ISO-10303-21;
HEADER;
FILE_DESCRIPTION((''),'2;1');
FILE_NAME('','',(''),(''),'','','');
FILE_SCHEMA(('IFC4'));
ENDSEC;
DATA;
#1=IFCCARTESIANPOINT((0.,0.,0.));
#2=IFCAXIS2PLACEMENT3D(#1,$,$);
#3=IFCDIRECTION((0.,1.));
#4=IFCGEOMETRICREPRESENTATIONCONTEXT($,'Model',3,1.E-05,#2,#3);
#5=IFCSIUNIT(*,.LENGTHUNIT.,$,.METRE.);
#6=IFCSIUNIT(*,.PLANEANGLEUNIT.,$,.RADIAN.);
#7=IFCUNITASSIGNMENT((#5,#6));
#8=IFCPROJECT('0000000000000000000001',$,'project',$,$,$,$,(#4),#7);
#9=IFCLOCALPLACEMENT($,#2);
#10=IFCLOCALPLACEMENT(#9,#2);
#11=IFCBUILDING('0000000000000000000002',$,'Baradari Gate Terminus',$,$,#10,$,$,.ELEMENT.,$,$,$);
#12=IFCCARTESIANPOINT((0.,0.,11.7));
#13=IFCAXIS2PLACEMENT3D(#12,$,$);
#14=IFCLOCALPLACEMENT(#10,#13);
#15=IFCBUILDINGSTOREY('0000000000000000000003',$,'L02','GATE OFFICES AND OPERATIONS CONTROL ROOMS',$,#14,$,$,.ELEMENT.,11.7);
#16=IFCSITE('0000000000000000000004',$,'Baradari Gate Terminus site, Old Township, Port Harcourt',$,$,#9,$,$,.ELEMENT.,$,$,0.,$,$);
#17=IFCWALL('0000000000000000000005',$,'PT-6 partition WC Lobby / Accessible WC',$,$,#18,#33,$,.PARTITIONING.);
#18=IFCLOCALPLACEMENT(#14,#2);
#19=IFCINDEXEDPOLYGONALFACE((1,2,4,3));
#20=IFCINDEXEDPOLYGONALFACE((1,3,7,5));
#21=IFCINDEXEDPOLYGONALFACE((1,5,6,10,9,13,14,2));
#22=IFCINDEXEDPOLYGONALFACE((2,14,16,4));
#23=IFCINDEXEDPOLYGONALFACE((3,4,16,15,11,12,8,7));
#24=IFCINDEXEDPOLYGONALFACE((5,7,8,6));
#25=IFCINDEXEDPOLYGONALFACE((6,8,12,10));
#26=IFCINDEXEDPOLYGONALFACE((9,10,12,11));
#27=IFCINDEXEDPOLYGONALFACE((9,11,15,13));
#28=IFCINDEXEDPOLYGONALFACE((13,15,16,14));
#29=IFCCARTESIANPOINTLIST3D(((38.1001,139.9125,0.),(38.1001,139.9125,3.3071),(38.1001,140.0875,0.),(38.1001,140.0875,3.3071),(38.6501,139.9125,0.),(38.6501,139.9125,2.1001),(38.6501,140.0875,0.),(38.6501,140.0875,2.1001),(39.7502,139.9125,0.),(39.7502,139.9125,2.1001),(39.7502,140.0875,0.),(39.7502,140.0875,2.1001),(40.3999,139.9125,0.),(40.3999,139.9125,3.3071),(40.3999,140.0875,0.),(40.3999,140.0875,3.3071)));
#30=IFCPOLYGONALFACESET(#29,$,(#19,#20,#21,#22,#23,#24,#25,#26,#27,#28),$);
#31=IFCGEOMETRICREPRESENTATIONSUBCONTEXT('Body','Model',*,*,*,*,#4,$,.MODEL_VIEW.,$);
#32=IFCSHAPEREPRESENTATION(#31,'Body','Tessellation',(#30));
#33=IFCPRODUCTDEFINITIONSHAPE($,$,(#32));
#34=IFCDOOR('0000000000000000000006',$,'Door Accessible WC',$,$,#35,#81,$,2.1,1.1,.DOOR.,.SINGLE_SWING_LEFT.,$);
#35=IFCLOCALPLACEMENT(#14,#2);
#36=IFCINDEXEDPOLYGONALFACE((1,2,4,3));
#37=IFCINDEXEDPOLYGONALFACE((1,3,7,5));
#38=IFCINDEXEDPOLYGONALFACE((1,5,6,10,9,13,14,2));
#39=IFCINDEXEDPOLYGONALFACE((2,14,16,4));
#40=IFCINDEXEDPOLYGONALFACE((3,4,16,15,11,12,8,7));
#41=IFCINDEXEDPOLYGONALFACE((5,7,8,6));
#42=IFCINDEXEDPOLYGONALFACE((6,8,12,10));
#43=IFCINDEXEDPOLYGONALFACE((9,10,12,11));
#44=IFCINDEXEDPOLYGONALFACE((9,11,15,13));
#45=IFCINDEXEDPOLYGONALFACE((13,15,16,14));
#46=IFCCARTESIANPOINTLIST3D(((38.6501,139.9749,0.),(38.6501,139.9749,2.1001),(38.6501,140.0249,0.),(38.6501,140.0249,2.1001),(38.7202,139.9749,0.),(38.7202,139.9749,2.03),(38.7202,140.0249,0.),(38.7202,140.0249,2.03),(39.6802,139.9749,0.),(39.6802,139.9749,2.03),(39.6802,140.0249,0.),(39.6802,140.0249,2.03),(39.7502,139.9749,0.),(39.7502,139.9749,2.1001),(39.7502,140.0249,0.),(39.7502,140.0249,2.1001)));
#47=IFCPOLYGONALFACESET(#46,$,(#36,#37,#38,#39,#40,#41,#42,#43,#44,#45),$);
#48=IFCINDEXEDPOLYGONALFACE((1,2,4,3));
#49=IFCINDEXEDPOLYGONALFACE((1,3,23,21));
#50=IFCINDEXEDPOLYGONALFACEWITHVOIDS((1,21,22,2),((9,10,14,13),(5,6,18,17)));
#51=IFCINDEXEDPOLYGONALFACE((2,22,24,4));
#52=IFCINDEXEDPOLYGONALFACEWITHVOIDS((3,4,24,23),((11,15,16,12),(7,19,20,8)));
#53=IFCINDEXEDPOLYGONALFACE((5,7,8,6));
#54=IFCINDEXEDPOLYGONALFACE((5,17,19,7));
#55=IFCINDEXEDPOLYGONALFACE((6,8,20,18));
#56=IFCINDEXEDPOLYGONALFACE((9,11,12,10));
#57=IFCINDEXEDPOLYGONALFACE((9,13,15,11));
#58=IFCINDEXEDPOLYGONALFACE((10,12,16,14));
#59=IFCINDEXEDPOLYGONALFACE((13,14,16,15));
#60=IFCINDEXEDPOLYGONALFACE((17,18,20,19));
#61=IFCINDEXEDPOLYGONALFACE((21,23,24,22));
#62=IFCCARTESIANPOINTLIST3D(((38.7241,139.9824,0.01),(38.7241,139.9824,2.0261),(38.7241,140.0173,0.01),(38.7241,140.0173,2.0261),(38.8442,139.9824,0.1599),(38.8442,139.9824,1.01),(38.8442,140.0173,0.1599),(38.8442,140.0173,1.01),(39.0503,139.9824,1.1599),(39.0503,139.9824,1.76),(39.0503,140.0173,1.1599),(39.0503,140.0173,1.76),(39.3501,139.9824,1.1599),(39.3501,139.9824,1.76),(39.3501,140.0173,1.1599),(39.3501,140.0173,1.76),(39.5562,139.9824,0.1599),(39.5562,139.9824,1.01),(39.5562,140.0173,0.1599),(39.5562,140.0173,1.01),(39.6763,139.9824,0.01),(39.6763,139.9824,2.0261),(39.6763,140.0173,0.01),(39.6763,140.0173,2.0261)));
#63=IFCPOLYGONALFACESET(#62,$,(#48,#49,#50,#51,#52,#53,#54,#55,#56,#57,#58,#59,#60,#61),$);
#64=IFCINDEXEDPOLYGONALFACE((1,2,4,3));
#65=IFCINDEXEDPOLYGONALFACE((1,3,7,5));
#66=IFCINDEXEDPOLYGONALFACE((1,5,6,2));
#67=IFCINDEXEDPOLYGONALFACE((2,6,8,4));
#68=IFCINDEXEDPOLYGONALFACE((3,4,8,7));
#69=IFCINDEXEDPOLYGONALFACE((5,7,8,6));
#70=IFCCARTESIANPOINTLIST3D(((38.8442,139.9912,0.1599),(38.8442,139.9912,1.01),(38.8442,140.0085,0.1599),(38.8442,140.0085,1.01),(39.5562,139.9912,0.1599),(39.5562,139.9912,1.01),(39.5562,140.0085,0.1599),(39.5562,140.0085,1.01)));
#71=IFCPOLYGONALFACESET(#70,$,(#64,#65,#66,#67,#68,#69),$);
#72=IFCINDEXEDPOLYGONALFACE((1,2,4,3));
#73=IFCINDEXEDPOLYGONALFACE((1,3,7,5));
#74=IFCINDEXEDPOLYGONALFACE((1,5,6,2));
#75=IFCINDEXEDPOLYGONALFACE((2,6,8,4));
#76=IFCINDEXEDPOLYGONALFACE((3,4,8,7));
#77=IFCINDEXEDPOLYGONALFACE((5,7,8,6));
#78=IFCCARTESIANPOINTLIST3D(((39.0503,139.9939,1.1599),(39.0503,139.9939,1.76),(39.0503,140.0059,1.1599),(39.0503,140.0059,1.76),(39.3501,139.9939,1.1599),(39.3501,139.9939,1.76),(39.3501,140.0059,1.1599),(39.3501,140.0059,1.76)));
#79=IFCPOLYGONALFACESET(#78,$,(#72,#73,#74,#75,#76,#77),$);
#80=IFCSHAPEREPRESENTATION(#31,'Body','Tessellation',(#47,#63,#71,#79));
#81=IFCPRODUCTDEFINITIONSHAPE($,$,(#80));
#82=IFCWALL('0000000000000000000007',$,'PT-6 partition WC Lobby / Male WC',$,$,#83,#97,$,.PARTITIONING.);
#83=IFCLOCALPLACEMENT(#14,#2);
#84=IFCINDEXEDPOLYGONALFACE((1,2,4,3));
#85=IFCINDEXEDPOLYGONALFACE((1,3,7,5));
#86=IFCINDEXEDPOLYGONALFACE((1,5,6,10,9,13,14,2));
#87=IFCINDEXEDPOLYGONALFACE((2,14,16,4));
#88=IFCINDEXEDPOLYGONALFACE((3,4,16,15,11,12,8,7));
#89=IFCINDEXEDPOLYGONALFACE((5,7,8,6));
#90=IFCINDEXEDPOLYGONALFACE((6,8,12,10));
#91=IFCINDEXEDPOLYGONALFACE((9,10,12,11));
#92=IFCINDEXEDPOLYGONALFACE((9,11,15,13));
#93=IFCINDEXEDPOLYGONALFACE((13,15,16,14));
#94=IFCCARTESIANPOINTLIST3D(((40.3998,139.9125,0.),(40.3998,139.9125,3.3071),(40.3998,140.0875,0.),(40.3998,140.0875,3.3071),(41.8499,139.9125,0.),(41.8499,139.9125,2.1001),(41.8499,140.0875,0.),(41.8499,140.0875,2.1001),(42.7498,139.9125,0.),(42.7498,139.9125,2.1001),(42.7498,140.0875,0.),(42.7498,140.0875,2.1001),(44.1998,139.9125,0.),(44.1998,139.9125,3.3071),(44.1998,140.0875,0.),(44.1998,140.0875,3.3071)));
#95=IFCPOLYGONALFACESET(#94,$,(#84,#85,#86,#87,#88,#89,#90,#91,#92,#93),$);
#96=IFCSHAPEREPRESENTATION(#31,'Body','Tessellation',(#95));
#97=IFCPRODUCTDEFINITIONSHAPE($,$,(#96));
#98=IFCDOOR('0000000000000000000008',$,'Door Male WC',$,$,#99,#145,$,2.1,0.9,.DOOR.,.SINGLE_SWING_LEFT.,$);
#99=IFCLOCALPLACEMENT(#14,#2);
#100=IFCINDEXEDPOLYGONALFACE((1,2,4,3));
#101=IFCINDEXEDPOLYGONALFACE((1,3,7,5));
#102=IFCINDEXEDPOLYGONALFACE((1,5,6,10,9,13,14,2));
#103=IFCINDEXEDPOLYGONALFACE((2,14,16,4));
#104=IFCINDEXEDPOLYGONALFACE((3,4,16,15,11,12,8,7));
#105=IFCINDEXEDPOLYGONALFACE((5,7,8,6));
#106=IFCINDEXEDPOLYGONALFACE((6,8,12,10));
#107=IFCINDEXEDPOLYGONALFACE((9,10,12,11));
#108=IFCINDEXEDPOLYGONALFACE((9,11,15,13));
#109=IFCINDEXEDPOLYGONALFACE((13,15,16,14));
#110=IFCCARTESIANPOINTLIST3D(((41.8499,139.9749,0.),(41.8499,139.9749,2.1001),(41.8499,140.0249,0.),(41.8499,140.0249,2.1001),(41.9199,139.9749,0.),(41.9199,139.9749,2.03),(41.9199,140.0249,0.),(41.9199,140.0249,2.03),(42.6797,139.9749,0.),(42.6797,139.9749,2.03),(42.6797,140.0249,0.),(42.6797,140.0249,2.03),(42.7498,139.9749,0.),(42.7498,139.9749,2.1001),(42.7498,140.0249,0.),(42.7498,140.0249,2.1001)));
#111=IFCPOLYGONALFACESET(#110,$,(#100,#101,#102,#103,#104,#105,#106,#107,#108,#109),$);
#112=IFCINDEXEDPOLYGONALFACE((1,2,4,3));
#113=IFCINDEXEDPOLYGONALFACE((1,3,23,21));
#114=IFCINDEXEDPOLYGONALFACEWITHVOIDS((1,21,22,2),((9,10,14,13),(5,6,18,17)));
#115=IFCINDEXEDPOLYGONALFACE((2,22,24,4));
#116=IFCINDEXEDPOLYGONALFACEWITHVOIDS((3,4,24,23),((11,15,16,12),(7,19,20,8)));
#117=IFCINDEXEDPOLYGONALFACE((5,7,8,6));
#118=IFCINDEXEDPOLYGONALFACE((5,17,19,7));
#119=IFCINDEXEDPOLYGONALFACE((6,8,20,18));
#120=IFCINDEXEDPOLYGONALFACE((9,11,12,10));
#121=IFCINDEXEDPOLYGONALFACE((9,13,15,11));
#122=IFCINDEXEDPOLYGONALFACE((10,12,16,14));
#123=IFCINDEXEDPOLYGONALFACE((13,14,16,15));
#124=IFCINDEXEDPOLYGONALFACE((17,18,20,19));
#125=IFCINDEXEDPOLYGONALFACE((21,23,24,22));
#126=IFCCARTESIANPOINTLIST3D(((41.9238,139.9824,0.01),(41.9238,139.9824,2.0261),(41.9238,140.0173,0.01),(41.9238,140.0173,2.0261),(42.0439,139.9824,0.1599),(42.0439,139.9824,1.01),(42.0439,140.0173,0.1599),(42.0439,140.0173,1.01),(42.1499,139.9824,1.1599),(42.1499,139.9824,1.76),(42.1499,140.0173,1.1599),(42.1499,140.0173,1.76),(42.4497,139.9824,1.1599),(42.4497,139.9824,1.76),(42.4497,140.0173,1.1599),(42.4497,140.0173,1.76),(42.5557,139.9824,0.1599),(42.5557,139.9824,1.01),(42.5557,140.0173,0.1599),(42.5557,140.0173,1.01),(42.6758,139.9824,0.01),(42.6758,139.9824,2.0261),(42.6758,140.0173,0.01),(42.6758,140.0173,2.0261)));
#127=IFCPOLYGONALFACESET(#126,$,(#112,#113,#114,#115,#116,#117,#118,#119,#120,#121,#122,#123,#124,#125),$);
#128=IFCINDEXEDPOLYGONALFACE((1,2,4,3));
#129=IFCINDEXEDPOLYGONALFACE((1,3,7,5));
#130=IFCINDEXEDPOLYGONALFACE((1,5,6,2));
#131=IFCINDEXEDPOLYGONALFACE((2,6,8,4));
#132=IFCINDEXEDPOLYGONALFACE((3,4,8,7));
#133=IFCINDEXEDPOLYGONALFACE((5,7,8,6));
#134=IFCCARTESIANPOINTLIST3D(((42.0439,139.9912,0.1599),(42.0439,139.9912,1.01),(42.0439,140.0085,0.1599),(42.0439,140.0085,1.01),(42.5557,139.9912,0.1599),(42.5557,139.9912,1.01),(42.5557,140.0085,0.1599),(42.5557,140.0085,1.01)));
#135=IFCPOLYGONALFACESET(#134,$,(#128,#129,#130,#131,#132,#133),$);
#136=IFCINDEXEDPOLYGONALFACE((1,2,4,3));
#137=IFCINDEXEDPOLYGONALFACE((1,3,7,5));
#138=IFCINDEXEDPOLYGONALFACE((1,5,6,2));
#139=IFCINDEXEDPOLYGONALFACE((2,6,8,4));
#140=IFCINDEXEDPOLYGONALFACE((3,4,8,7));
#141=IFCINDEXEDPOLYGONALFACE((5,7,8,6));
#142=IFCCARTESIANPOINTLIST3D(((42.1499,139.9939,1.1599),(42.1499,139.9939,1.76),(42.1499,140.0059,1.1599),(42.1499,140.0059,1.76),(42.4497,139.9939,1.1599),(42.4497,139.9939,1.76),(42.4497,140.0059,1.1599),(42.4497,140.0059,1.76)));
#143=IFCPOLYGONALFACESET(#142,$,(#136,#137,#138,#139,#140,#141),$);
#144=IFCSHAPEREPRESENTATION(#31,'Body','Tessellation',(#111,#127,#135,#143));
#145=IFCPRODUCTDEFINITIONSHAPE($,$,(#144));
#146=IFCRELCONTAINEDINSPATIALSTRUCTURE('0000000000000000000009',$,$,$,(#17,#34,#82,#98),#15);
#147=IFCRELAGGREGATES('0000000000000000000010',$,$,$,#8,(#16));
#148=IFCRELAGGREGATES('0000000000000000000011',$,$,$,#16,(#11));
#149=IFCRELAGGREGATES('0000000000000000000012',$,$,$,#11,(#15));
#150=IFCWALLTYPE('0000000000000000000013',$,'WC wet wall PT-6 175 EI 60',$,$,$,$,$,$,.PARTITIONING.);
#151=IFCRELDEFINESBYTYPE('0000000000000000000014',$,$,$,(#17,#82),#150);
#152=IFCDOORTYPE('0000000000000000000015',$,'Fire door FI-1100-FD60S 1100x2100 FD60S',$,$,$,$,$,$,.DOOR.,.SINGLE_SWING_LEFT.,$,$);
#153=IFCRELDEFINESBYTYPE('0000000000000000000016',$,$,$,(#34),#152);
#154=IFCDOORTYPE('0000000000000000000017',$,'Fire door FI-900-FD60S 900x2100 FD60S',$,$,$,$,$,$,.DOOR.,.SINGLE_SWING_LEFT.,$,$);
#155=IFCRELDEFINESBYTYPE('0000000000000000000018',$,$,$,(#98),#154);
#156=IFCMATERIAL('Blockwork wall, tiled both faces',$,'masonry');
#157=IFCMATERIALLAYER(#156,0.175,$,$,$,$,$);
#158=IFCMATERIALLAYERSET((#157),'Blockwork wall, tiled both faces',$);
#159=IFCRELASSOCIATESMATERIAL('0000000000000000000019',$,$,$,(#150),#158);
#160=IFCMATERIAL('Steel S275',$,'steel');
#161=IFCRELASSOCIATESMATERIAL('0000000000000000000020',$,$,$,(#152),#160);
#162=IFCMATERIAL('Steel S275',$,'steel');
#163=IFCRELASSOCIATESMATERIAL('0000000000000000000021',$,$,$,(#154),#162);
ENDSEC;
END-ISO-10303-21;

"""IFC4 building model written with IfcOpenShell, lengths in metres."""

from ifc_helpers import new_model, si_unit, direction, frame, frame_2d, origin, place, context, subcontext, project, spatial, polyline, rectangle, outline, extrude, material, layer, layer_set, type_object, element, fill, save


model = new_model("IFC4")

# Units and contexts
model_context = context("Model", 3, precision=1e-05, world=origin(), true_north=direction((0.0, 1.0)))
body_context = subcontext(model_context, "Body", "Model", "MODEL_VIEW")
ifc_project = project(units=[si_unit("LENGTHUNIT", "METRE"), si_unit("PLANEANGLEUNIT", "RADIAN")], contexts=[model_context])

# Site, building, storey
site_placement = place(None, origin())
site = spatial("IfcSite", under=ifc_project, at=site_placement, Name="Baradari Gate Terminus site, Old Township, Port Harcourt", CompositionType="ELEMENT", RefElevation=0.0)
building_placement = place(site_placement, origin())
building = spatial("IfcBuilding", under=site, at=building_placement, Name="Baradari Gate Terminus", CompositionType="ELEMENT")
storey_placement = place(building_placement, frame((0.0, 0.0, 11.7)))
storey = spatial("IfcBuildingStorey", under=building, at=storey_placement, Name="L02", Description="GATE OFFICES AND OPERATIONS CONTROL ROOMS", CompositionType="ELEMENT", Elevation=11.7)

# Walls, openings, doors
ifc_material_1 = material(Name="Blockwork wall, tiled both faces", Category="masonry")
ifc_layer_1 = layer(ifc_material_1, 0.175)
ifc_layer_set_1 = layer_set([ifc_layer_1], Name="Blockwork wall, tiled both faces")
wall_type_1 = type_object("IfcWallType", Name="WC wet wall PT-6 175 EI 60", PredefinedType="PARTITIONING", material=ifc_layer_set_1)
wall_1_placement = place(storey_placement, frame((38.1001, 140.0, 0.0), z_axis=(0.0, 0.0, 1.0), x_axis=(1.0, 0.0, 0.0)))
wall_1 = element("IfcWall", 1, at=wall_1_placement, inside=storey, type_object=wall_type_1, Name="PT-6 partition WC Lobby / Accessible WC", PredefinedType="PARTITIONING", context=body_context, shape_type="SweptSolid", body=[
    extrude(rectangle(XDim=2.2998, YDim=0.175, at=frame_2d((1.1499, 0.0))), origin(), (0.0, 0.0, 1.0), 3.3071),
])
opening_1_placement = place(wall_1_placement, frame((0.55, 0.0, 0.0)))
opening_1 = element("IfcOpeningElement", 2, at=opening_1_placement, cuts=wall_1, PredefinedType="OPENING", context=body_context, shape_type="SweptSolid", body=[
    extrude(rectangle(XDim=1.1001, YDim=2.1001, at=frame_2d((0.55, 1.05))), frame((0.0, 0.0974, 0.0), z_axis=(0.0, -1.0, 0.0), x_axis=(1.0, 0.0, 0.0)), (0.0, 0.0, 1.0), 0.1951),
])
ifc_material_2 = material(Name="Steel S275", Category="steel")
door_type_1 = type_object("IfcDoorType", Name="Fire door FI-1100-FD60S 1100x2100 FD60S", OperationType="SINGLE_SWING_LEFT", PredefinedType="DOOR", material=ifc_material_2)
door_1_placement = place(opening_1_placement, origin())
door_1 = element("IfcDoor", 3, at=door_1_placement, inside=storey, type_object=door_type_1, Name="Door Accessible WC", OperationType="SINGLE_SWING_LEFT", OverallHeight=2.1, OverallWidth=1.1, PredefinedType="DOOR", context=body_context, shape_type="SweptSolid", body=[
    extrude(outline(polyline([(0.0, 0.0), (0.0701, 0.0), (0.0701, 2.03), (1.03, 2.03), (1.03, 0.0), (1.1001, 0.0), (1.1001, 2.1001), (0.0, 2.1001), (0.0, 0.0)])), frame((0.0, 0.0249, 0.0), z_axis=(0.0, -1.0, 0.0), x_axis=(1.0, 0.0, 0.0)), (0.0, 0.0, 1.0), 0.05),
    extrude(outline(polyline([(0.074, 0.01), (1.0261, 0.01), (1.0261, 2.0261), (0.074, 2.0261), (0.074, 0.01)]), holes=[polyline([(0.1941, 0.1599), (0.906, 0.1599), (0.906, 1.01), (0.1941, 1.01), (0.1941, 0.1599)]), polyline([(0.4001, 1.1599), (0.7, 1.1599), (0.7, 1.76), (0.4001, 1.76), (0.4001, 1.1599)])]), frame((0.0, 0.0173, 0.0), z_axis=(0.0, -1.0, 0.0), x_axis=(1.0, 0.0, 0.0)), (0.0, 0.0, 1.0), 0.0349),
    extrude(rectangle(XDim=0.7119, YDim=0.8501, at=frame_2d((0.55, 0.585))), frame((0.0, 0.0085, 0.0), z_axis=(0.0, -1.0, 0.0), x_axis=(1.0, 0.0, 0.0)), (0.0, 0.0, 1.0), 0.0173),
    extrude(rectangle(XDim=0.2998, YDim=0.6001, at=frame_2d((0.55, 1.46))), frame((0.0, 0.0059, 0.0), z_axis=(0.0, -1.0, 0.0), x_axis=(1.0, 0.0, 0.0)), (0.0, 0.0, 1.0), 0.012),
])
fill(opening_1, door_1)
wall_2_placement = place(storey_placement, frame((40.3999, 140.0, 0.0), z_axis=(0.0, 0.0, 1.0), x_axis=(1.0, 0.0, 0.0)))
wall_2 = element("IfcWall", 4, at=wall_2_placement, inside=storey, type_object=wall_type_1, Name="PT-6 partition WC Lobby / Male WC", PredefinedType="PARTITIONING", context=body_context, shape_type="SweptSolid", body=[
    extrude(rectangle(XDim=3.8, YDim=0.175, at=frame_2d((1.8999, 0.0))), origin(), (0.0, 0.0, 1.0), 3.3071),
])
opening_2_placement = place(wall_2_placement, frame((1.45, 0.0, 0.0)))
opening_2 = element("IfcOpeningElement", 5, at=opening_2_placement, cuts=wall_2, PredefinedType="OPENING", context=body_context, shape_type="SweptSolid", body=[
    extrude(rectangle(XDim=0.8999, YDim=2.1001, at=frame_2d((0.45, 1.05))), frame((0.0, 0.0974, 0.0), z_axis=(0.0, -1.0, 0.0), x_axis=(1.0, 0.0, 0.0)), (0.0, 0.0, 1.0), 0.1951),
])
ifc_material_3 = material(Name="Steel S275", Category="steel")
door_type_2 = type_object("IfcDoorType", Name="Fire door FI-900-FD60S 900x2100 FD60S", OperationType="SINGLE_SWING_LEFT", PredefinedType="DOOR", material=ifc_material_3)
door_2_placement = place(opening_2_placement, origin())
door_2 = element("IfcDoor", 6, at=door_2_placement, inside=storey, type_object=door_type_2, Name="Door Male WC", OperationType="SINGLE_SWING_LEFT", OverallHeight=2.1, OverallWidth=0.9, PredefinedType="DOOR", context=body_context, shape_type="SweptSolid", body=[
    extrude(outline(polyline([(0.0, 0.0), (0.0701, 0.0), (0.0701, 2.03), (0.8298, 2.03), (0.8298, 0.0), (0.8999, 0.0), (0.8999, 2.1001), (0.0, 2.1001), (0.0, 0.0)])), frame((0.0, 0.0249, 0.0), z_axis=(0.0, -1.0, 0.0), x_axis=(1.0, 0.0, 0.0)), (0.0, 0.0, 1.0), 0.05),
    extrude(outline(polyline([(0.074, 0.01), (0.8259, 0.01), (0.8259, 2.0261), (0.074, 2.0261), (0.074, 0.01)]), holes=[polyline([(0.1941, 0.1599), (0.7058, 0.1599), (0.7058, 1.01), (0.1941, 1.01), (0.1941, 0.1599)]), polyline([(0.3, 1.1599), (0.5999, 1.1599), (0.5999, 1.76), (0.3, 1.76), (0.3, 1.1599)])]), frame((0.0, 0.0173, 0.0), z_axis=(0.0, -1.0, 0.0), x_axis=(1.0, 0.0, 0.0)), (0.0, 0.0, 1.0), 0.0349),
    extrude(rectangle(XDim=0.5117, YDim=0.8501, at=frame_2d((0.45, 0.585))), frame((0.0, 0.0085, 0.0), z_axis=(0.0, -1.0, 0.0), x_axis=(1.0, 0.0, 0.0)), (0.0, 0.0, 1.0), 0.0173),
    extrude(rectangle(XDim=0.2998, YDim=0.6001, at=frame_2d((0.45, 1.46))), frame((0.0, 0.0059, 0.0), z_axis=(0.0, -1.0, 0.0), x_axis=(1.0, 0.0, 0.0)), (0.0, 0.0, 1.0), 0.012),
])
fill(opening_2, door_2)

save(model, "model.ifc")
